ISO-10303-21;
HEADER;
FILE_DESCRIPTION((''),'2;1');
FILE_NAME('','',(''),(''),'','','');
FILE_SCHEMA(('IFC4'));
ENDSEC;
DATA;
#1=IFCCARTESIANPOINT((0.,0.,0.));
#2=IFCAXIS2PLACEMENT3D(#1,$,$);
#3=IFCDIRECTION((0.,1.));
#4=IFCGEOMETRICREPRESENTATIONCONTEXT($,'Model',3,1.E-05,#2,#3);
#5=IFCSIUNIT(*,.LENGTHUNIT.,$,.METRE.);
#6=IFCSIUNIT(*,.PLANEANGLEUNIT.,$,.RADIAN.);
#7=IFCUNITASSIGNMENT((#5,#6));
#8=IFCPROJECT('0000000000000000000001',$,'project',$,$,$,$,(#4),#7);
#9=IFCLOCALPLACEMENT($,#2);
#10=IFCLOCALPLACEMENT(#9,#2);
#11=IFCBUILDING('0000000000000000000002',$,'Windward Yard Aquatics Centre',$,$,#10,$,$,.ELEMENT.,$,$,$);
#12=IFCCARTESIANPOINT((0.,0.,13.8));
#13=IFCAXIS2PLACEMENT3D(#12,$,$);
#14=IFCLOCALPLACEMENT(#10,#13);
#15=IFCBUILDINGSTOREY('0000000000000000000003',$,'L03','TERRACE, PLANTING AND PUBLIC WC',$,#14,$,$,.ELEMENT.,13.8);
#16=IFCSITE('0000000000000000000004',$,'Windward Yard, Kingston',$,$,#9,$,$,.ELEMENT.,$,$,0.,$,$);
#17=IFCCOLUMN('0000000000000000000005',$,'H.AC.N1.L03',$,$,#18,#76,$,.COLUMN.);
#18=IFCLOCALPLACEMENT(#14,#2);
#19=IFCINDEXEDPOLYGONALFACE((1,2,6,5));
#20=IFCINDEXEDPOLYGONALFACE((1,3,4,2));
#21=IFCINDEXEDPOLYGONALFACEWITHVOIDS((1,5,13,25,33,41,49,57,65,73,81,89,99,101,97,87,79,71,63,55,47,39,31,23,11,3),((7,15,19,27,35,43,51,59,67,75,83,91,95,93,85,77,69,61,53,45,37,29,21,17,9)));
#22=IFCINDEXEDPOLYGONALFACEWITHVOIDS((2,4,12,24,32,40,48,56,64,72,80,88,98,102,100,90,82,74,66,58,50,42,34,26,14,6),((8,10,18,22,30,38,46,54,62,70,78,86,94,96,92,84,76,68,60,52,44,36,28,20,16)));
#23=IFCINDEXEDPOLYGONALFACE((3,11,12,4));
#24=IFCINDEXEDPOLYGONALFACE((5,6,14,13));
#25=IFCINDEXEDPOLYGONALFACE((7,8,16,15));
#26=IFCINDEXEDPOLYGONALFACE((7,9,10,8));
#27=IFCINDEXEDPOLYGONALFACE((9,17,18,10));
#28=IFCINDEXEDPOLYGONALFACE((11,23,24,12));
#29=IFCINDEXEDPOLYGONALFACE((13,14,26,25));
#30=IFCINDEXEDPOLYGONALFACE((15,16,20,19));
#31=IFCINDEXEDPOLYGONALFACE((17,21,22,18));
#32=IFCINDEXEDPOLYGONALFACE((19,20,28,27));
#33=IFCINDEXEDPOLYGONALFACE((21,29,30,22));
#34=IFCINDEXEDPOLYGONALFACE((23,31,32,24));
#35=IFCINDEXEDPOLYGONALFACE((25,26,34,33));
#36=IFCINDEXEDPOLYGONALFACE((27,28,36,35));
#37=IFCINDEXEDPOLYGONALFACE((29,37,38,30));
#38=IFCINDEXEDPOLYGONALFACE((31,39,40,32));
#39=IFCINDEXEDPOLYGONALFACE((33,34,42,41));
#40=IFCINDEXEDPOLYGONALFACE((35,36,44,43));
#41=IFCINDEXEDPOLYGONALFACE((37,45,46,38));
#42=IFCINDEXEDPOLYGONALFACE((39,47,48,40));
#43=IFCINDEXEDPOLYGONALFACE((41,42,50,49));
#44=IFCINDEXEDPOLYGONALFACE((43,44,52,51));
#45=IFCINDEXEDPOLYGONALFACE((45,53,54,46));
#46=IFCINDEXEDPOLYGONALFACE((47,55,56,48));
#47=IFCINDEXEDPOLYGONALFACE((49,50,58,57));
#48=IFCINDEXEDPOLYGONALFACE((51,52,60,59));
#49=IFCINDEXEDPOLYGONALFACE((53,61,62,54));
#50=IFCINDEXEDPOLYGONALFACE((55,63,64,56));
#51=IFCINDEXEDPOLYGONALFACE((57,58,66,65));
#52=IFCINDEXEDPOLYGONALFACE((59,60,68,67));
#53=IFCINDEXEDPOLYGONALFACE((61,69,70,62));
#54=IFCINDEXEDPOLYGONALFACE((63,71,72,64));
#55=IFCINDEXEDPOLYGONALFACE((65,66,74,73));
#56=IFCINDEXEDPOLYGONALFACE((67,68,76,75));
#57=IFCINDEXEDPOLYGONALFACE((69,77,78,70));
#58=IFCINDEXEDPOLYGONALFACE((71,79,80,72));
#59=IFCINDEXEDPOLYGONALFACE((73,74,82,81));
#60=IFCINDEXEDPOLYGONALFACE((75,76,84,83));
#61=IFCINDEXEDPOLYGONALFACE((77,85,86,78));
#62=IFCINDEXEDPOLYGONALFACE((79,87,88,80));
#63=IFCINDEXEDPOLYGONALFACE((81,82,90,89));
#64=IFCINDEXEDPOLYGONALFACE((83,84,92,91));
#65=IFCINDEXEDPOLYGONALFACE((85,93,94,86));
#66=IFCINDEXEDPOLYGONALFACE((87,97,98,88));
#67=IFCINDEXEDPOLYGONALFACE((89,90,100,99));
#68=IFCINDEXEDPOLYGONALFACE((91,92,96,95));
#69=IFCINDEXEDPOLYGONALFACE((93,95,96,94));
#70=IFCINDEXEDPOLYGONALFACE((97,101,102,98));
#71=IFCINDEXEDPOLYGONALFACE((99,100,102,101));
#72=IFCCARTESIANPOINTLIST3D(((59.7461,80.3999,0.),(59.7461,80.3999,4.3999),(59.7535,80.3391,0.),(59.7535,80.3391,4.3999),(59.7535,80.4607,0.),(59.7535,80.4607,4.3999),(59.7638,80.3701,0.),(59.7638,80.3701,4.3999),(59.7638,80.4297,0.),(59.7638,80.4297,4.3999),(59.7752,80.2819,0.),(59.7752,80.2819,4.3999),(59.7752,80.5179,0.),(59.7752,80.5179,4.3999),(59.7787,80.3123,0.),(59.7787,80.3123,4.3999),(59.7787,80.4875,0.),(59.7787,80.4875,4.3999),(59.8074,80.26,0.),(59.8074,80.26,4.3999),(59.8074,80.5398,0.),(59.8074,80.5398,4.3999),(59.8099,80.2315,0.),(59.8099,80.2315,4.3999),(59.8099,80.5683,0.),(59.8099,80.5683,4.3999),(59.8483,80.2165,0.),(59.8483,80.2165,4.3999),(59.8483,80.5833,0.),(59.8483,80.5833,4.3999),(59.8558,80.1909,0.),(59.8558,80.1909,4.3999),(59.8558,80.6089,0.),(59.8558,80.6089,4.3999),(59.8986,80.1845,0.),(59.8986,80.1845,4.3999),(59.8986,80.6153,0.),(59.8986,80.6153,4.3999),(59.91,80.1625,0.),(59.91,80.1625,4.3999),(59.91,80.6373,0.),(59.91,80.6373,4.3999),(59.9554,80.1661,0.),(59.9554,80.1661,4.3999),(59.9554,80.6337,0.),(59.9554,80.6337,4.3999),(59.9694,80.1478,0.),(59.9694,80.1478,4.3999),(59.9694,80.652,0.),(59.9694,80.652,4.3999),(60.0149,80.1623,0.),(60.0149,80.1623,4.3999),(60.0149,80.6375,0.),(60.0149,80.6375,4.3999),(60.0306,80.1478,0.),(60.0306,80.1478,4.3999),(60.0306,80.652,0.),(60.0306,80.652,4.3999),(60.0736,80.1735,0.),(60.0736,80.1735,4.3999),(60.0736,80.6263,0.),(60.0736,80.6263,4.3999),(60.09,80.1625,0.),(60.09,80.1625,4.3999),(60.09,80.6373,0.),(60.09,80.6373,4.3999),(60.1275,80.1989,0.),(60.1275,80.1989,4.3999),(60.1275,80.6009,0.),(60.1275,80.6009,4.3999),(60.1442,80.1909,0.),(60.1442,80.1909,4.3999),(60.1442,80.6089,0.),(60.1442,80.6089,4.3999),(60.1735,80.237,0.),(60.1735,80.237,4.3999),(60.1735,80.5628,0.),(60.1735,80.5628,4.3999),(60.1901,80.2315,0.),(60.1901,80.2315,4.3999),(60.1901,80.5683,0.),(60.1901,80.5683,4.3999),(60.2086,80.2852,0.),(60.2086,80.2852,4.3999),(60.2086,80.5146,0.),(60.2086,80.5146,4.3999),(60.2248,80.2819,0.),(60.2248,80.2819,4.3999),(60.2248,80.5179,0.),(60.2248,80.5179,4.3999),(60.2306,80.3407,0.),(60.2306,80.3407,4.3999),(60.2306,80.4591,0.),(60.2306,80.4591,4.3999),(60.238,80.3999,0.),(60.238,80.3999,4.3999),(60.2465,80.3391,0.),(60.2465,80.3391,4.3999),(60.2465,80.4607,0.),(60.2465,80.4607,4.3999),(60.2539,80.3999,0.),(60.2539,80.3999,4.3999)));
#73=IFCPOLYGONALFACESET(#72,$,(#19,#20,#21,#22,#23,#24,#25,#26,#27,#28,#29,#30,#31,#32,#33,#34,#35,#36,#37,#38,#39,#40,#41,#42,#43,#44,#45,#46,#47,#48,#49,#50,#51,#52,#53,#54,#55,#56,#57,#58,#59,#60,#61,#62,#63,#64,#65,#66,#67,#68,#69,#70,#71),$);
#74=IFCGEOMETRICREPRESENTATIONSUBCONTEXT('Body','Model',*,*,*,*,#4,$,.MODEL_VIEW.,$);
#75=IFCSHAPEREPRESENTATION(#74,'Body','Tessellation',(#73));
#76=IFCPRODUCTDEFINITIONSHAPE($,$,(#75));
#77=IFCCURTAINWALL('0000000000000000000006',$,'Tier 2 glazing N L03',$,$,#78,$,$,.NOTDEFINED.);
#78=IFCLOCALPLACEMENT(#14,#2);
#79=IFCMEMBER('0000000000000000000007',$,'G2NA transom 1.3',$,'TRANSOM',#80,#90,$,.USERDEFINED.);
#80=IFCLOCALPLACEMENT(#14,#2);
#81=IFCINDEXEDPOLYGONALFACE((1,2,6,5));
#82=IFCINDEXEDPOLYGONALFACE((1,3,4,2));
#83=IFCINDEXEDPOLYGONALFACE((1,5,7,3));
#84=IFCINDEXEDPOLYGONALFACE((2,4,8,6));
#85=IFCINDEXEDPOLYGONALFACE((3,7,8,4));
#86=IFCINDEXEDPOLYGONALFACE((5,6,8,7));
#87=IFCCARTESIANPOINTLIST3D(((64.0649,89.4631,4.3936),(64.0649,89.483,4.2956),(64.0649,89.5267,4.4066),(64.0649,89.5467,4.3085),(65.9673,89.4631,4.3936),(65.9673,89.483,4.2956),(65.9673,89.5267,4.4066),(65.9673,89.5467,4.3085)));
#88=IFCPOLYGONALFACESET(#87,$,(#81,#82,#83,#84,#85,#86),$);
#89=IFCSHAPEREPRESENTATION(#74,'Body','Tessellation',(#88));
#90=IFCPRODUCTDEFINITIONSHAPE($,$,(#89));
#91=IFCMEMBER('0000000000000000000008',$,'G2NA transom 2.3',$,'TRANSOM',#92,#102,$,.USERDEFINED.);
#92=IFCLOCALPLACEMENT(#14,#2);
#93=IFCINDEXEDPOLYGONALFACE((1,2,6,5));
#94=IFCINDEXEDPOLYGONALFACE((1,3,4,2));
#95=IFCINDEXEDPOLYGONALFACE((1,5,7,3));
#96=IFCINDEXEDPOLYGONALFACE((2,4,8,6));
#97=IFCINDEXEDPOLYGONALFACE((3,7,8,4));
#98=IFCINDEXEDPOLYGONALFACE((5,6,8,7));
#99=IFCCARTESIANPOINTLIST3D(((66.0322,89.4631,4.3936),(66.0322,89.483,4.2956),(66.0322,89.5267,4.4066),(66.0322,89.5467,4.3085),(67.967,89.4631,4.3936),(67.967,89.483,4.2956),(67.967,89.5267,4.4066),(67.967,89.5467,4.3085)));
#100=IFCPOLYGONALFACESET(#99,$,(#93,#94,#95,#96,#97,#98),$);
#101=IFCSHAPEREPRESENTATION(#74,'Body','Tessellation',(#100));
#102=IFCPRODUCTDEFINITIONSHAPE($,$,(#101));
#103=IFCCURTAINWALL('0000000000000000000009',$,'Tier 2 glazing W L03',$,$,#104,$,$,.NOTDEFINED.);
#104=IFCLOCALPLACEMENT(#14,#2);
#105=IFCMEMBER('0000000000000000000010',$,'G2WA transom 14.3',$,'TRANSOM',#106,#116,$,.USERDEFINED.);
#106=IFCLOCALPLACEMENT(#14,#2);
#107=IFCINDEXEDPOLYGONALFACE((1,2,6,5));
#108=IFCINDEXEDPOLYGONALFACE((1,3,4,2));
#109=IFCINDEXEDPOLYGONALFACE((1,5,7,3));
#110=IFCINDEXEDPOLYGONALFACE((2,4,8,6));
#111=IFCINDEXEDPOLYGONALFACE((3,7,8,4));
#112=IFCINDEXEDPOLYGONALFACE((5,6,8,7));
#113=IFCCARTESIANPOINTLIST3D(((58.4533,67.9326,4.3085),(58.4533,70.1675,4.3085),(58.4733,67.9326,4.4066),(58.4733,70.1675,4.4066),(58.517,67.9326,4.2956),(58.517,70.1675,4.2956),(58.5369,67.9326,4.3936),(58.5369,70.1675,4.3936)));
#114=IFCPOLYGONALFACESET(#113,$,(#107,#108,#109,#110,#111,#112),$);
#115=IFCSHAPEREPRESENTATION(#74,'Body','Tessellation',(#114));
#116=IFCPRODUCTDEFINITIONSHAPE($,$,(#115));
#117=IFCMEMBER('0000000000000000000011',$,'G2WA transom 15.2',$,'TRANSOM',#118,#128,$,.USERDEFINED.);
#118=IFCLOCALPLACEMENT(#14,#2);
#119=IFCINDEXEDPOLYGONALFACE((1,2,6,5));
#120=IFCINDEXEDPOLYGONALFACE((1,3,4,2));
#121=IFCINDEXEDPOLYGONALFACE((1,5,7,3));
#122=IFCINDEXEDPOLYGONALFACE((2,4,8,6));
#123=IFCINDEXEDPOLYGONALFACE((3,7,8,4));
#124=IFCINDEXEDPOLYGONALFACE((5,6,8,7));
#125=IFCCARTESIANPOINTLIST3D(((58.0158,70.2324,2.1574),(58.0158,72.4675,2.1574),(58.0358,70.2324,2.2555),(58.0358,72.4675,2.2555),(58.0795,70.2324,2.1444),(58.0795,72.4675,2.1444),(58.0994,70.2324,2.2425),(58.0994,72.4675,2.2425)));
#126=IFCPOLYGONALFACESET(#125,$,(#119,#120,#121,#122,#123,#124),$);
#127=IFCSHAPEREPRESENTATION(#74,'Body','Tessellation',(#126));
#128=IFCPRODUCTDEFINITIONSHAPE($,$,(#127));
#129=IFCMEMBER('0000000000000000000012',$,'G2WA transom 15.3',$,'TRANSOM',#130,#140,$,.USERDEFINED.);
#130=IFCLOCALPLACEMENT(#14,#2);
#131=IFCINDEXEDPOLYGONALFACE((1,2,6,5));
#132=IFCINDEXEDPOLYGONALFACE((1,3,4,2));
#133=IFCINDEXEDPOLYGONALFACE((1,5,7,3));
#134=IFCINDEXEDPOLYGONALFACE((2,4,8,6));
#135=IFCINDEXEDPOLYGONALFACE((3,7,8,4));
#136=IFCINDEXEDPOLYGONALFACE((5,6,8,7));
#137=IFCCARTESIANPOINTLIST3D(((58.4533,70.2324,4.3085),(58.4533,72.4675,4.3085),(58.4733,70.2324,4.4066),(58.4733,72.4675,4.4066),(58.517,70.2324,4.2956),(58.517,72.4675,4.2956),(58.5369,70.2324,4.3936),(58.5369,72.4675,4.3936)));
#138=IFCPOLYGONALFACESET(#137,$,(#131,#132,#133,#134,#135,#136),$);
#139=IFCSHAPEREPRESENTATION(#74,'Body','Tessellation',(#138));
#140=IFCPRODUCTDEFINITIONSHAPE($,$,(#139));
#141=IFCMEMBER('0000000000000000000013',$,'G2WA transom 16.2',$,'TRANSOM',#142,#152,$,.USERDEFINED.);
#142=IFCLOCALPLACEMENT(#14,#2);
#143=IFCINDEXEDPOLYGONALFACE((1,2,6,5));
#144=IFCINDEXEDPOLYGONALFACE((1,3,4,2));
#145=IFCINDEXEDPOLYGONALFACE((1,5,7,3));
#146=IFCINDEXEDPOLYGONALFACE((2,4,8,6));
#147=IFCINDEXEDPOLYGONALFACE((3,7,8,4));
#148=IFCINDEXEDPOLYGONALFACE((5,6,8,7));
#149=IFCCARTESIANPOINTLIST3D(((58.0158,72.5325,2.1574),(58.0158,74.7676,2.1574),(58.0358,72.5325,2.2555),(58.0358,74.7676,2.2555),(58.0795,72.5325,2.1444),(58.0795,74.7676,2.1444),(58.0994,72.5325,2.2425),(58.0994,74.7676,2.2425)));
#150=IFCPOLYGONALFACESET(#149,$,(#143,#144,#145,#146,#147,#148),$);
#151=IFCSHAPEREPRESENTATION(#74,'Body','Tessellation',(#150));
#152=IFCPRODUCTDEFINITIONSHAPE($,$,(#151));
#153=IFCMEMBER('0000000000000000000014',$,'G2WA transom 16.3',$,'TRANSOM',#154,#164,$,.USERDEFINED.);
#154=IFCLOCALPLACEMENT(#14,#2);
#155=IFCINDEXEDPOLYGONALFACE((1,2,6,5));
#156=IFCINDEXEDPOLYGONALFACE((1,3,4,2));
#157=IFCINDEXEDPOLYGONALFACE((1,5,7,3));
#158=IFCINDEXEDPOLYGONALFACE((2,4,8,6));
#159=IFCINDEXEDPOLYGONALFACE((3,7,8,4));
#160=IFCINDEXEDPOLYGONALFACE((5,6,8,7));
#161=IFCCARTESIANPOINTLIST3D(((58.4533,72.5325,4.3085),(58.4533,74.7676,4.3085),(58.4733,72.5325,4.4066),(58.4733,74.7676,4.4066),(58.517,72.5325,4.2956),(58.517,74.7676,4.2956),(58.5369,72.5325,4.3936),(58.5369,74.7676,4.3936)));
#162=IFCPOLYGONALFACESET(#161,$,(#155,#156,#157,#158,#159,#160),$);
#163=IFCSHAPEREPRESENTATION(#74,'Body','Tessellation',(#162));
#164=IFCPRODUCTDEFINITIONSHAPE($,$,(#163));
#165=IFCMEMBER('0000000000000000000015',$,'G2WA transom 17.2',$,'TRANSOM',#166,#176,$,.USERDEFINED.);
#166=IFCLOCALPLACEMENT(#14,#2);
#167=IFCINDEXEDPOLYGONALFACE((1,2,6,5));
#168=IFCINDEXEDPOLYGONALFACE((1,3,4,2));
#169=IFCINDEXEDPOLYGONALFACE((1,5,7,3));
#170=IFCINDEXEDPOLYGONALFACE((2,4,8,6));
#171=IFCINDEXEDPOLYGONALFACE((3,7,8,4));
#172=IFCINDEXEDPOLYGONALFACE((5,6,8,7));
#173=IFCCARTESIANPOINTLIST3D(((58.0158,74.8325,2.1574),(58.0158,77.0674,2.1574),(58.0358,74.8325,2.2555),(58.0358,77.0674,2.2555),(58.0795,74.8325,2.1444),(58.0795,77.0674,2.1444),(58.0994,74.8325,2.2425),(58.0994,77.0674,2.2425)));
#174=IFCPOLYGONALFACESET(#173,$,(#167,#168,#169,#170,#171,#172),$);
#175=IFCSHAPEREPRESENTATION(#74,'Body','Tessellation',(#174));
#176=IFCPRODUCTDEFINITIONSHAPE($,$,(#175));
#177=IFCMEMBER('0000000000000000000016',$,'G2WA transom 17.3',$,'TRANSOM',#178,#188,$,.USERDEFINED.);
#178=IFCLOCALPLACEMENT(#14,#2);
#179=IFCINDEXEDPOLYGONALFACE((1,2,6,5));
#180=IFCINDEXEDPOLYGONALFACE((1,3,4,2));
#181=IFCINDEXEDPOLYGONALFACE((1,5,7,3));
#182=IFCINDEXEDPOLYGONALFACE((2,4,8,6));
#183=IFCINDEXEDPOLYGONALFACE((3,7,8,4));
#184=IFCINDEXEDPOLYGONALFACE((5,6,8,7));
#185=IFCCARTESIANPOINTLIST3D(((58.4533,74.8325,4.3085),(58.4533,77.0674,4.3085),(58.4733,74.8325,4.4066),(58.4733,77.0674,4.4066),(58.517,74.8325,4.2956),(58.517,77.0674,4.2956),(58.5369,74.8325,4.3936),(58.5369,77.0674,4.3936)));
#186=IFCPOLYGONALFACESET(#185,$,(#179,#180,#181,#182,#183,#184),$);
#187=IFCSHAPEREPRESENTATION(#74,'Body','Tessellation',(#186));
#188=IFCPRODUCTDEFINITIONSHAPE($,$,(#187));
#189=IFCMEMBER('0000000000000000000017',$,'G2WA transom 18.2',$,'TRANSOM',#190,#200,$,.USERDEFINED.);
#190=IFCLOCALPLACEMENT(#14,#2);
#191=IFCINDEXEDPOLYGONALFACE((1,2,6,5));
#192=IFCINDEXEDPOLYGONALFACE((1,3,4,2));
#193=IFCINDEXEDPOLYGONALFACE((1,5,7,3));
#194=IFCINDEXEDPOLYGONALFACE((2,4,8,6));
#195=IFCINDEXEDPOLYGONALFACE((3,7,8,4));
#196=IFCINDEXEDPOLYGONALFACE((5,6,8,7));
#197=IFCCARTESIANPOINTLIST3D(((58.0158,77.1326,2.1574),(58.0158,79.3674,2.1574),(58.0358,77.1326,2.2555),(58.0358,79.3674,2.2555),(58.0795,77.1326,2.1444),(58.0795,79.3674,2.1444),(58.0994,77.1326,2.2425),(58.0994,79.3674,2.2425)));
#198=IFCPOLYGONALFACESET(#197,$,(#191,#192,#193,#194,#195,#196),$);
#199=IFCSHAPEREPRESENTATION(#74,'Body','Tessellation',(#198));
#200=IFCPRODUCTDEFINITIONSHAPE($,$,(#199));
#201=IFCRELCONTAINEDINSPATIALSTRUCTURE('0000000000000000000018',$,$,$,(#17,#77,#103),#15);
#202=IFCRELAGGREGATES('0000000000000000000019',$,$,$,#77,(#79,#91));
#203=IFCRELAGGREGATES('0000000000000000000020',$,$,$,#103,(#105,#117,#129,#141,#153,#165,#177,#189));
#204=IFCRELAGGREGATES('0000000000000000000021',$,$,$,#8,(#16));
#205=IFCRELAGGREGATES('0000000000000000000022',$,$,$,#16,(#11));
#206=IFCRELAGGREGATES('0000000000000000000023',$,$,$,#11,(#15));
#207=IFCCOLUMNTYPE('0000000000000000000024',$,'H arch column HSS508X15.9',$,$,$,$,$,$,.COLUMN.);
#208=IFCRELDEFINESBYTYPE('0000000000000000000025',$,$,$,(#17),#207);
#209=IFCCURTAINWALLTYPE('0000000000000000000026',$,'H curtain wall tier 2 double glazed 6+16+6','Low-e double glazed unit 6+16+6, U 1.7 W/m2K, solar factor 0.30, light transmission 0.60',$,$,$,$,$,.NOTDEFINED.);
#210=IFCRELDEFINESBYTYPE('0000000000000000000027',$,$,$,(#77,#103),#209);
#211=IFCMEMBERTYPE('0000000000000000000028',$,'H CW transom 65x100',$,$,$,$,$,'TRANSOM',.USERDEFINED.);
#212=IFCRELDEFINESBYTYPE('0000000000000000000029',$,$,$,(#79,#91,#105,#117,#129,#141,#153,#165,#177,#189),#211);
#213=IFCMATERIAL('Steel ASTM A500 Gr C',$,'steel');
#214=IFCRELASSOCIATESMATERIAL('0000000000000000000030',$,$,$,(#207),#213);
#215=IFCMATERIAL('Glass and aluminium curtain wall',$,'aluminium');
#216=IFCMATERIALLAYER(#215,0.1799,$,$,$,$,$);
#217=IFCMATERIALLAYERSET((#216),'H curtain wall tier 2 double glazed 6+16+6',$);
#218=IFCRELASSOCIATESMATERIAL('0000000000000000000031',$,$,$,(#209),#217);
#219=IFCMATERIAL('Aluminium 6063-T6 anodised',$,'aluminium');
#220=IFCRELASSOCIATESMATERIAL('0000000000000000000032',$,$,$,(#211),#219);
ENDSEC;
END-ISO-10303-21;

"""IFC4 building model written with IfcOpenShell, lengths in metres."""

from ifc_helpers import new_model, si_unit, direction, frame, origin, origin_2d, place, context, subcontext, project, spatial, rectangle, hollow_circle, extrude, material, layer, layer_set, material_profile, profile_set, type_object, element, aggregate, save


model = new_model("IFC4")

# Units and contexts
model_context = context("Model", 3, precision=1e-05, world=origin(), true_north=direction((0.0, 1.0)))
body_context = subcontext(model_context, "Body", "Model", "MODEL_VIEW")
ifc_project = project(units=[si_unit("LENGTHUNIT", "METRE"), si_unit("PLANEANGLEUNIT", "RADIAN")], contexts=[model_context])

# Site, building, storey
site_placement = place(None, origin())
site = spatial("IfcSite", under=ifc_project, at=site_placement, Name="Windward Yard, Kingston", CompositionType="ELEMENT", RefElevation=0.0)
building_placement = place(site_placement, origin())
building = spatial("IfcBuilding", under=site, at=building_placement, Name="Windward Yard Aquatics Centre", CompositionType="ELEMENT")
storey_placement = place(building_placement, frame((0.0, 0.0, 13.8)))
storey = spatial("IfcBuildingStorey", under=building, at=storey_placement, Name="L03", Description="TERRACE, PLANTING AND PUBLIC WC", CompositionType="ELEMENT", Elevation=13.8)

# Column
ifc_material_1 = material(Name="Steel ASTM A500 Gr C", Category="steel")
ifc_material_profile_1 = material_profile(ifc_material_1, hollow_circle(Radius=0.2539, WallThickness=0.0159, at=origin_2d()), Name="HSS508X15.9")
ifc_profile_set_1 = profile_set([ifc_material_profile_1], Name="Steel ASTM A500 Gr C")
column_type = type_object("IfcColumnType", Name="H arch column HSS508X15.9", PredefinedType="COLUMN", material=ifc_profile_set_1)
column_placement = place(storey_placement, frame((60.0, 80.3999, 0.0), z_axis=(0.0, 0.0, 1.0), x_axis=(1.0, 0.0, 0.0)))
element("IfcColumn", 1, at=column_placement, inside=storey, type_object=column_type, Name="H.AC.N1.L03", PredefinedType="COLUMN", context=body_context, shape_type="SweptSolid", body=[
    extrude(hollow_circle(Radius=0.2539, WallThickness=0.0159, at=origin_2d()), origin(), (0.0, 0.0, 1.0), 4.3999),
])

# Curtain walls, members
ifc_material_2 = material(Name="Glass and aluminium curtain wall", Category="aluminium")
ifc_layer_1 = layer(ifc_material_2, 0.1799)
ifc_layer_set_1 = layer_set([ifc_layer_1], Name="H curtain wall tier 2 double glazed 6+16+6")
curtain_wall_type = type_object("IfcCurtainWallType", Name="H curtain wall tier 2 double glazed 6+16+6", Description="Low-e double glazed unit 6+16+6, U 1.7 W/m2K, solar factor 0.30, light transmission 0.60", PredefinedType="NOTDEFINED", material=ifc_layer_set_1)
curtain_wall_1_placement = place(storey_placement, origin())
curtain_wall_1 = element("IfcCurtainWall", 2, at=curtain_wall_1_placement, inside=storey, type_object=curtain_wall_type, Name="Tier 2 glazing N L03", PredefinedType="NOTDEFINED")
ifc_material_3 = material(Name="Aluminium 6063-T6 anodised", Category="aluminium")
ifc_material_profile_2 = material_profile(ifc_material_3, rectangle(XDim=0.0649, YDim=0.1001, at=origin_2d()), Name="H CW transom 65x100")
ifc_profile_set_2 = profile_set([ifc_material_profile_2], Name="Aluminium 6063-T6 anodised")
member_type_1 = type_object("IfcMemberType", Name="H CW transom 65x100", ElementType="TRANSOM", PredefinedType="USERDEFINED", material=ifc_profile_set_2)
member_1_placement = place(storey_placement, frame((64.0649, 89.5049, 4.3511), z_axis=(1.0, 0.0, 0.0), x_axis=(0.0, 0.979925, 0.199368)))
member_1 = element("IfcMember", 3, at=member_1_placement, type_object=member_type_1, Name="G2NA transom 1.3", ObjectType="TRANSOM", PredefinedType="USERDEFINED", context=body_context, shape_type="SweptSolid", body=[
    extrude(rectangle(XDim=0.0649, YDim=0.1001, at=origin_2d()), origin(), (0.0, 0.0, 1.0), 1.9023),
])
member_2_placement = place(storey_placement, frame((66.0322, 89.5049, 4.3511), z_axis=(1.0, 0.0, 0.0), x_axis=(0.0, 0.979925, 0.199368)))
member_2 = element("IfcMember", 4, at=member_2_placement, type_object=member_type_1, Name="G2NA transom 2.3", ObjectType="TRANSOM", PredefinedType="USERDEFINED", context=body_context, shape_type="SweptSolid", body=[
    extrude(rectangle(XDim=0.0649, YDim=0.1001, at=origin_2d()), origin(), (0.0, 0.0, 1.0), 1.9348),
])
curtain_wall_2_placement = place(storey_placement, origin())
curtain_wall_2 = element("IfcCurtainWall", 5, at=curtain_wall_2_placement, inside=storey, type_object=curtain_wall_type, Name="Tier 2 glazing W L03", PredefinedType="NOTDEFINED")
member_3_placement = place(storey_placement, frame((58.4951, 67.9326, 4.3511), z_axis=(0.0, 1.0, 0.0), x_axis=(-0.979925, 0.0, 0.199368)))
member_3 = element("IfcMember", 6, at=member_3_placement, type_object=member_type_1, Name="G2WA transom 14.3", ObjectType="TRANSOM", PredefinedType="USERDEFINED", context=body_context, shape_type="SweptSolid", body=[
    extrude(rectangle(XDim=0.0649, YDim=0.1001, at=origin_2d()), origin(), (0.0, 0.0, 1.0), 2.2349),
])
member_4_placement = place(storey_placement, frame((58.0576, 70.2324, 2.2), z_axis=(0.0, 1.0, 0.0), x_axis=(-0.979925, 0.0, 0.199368)))
member_4 = element("IfcMember", 7, at=member_4_placement, type_object=member_type_1, Name="G2WA transom 15.2", ObjectType="TRANSOM", PredefinedType="USERDEFINED", context=body_context, shape_type="SweptSolid", body=[
    extrude(rectangle(XDim=0.0649, YDim=0.1001, at=origin_2d()), origin(), (0.0, 0.0, 1.0), 2.2351),
])
member_5_placement = place(storey_placement, frame((58.4951, 70.2324, 4.3511), z_axis=(0.0, 1.0, 0.0), x_axis=(-0.979925, 0.0, 0.199368)))
member_5 = element("IfcMember", 8, at=member_5_placement, type_object=member_type_1, Name="G2WA transom 15.3", ObjectType="TRANSOM", PredefinedType="USERDEFINED", context=body_context, shape_type="SweptSolid", body=[
    extrude(rectangle(XDim=0.0649, YDim=0.1001, at=origin_2d()), origin(), (0.0, 0.0, 1.0), 2.2351),
])
member_6_placement = place(storey_placement, frame((58.0576, 72.5325, 2.2), z_axis=(0.0, 1.0, 0.0), x_axis=(-0.979925, 0.0, 0.199368)))
member_6 = element("IfcMember", 9, at=member_6_placement, type_object=member_type_1, Name="G2WA transom 16.2", ObjectType="TRANSOM", PredefinedType="USERDEFINED", context=body_context, shape_type="SweptSolid", body=[
    extrude(rectangle(XDim=0.0649, YDim=0.1001, at=origin_2d()), origin(), (0.0, 0.0, 1.0), 2.2351),
])
member_7_placement = place(storey_placement, frame((58.4951, 72.5325, 4.3511), z_axis=(0.0, 1.0, 0.0), x_axis=(-0.979925, 0.0, 0.199368)))
member_7 = element("IfcMember", 10, at=member_7_placement, type_object=member_type_1, Name="G2WA transom 16.3", ObjectType="TRANSOM", PredefinedType="USERDEFINED", context=body_context, shape_type="SweptSolid", body=[
    extrude(rectangle(XDim=0.0649, YDim=0.1001, at=origin_2d()), origin(), (0.0, 0.0, 1.0), 2.2351),
])
member_8_placement = place(storey_placement, frame((58.0576, 74.8325, 2.2), z_axis=(0.0, 1.0, 0.0), x_axis=(-0.979925, 0.0, 0.199368)))
member_8 = element("IfcMember", 11, at=member_8_placement, type_object=member_type_1, Name="G2WA transom 17.2", ObjectType="TRANSOM", PredefinedType="USERDEFINED", context=body_context, shape_type="SweptSolid", body=[
    extrude(rectangle(XDim=0.0649, YDim=0.1001, at=origin_2d()), origin(), (0.0, 0.0, 1.0), 2.2349),
])
member_9_placement = place(storey_placement, frame((58.4951, 74.8325, 4.3511), z_axis=(0.0, 1.0, 0.0), x_axis=(-0.979925, 0.0, 0.199368)))
member_9 = element("IfcMember", 12, at=member_9_placement, type_object=member_type_1, Name="G2WA transom 17.3", ObjectType="TRANSOM", PredefinedType="USERDEFINED", context=body_context, shape_type="SweptSolid", body=[
    extrude(rectangle(XDim=0.0649, YDim=0.1001, at=origin_2d()), origin(), (0.0, 0.0, 1.0), 2.2349),
])
member_10_placement = place(storey_placement, frame((58.0576, 77.1326, 2.2), z_axis=(0.0, 1.0, 0.0), x_axis=(-0.979925, 0.0, 0.199368)))
member_10 = element("IfcMember", 13, at=member_10_placement, type_object=member_type_1, Name="G2WA transom 18.2", ObjectType="TRANSOM", PredefinedType="USERDEFINED", context=body_context, shape_type="SweptSolid", body=[
    extrude(rectangle(XDim=0.0649, YDim=0.1001, at=origin_2d()), origin(), (0.0, 0.0, 1.0), 2.2349),
])

aggregate(curtain_wall_1, [member_1, member_2])
aggregate(curtain_wall_2, [member_3, member_4, member_5, member_6, member_7, member_8, member_9, member_10])

save(model, "model.ifc")
